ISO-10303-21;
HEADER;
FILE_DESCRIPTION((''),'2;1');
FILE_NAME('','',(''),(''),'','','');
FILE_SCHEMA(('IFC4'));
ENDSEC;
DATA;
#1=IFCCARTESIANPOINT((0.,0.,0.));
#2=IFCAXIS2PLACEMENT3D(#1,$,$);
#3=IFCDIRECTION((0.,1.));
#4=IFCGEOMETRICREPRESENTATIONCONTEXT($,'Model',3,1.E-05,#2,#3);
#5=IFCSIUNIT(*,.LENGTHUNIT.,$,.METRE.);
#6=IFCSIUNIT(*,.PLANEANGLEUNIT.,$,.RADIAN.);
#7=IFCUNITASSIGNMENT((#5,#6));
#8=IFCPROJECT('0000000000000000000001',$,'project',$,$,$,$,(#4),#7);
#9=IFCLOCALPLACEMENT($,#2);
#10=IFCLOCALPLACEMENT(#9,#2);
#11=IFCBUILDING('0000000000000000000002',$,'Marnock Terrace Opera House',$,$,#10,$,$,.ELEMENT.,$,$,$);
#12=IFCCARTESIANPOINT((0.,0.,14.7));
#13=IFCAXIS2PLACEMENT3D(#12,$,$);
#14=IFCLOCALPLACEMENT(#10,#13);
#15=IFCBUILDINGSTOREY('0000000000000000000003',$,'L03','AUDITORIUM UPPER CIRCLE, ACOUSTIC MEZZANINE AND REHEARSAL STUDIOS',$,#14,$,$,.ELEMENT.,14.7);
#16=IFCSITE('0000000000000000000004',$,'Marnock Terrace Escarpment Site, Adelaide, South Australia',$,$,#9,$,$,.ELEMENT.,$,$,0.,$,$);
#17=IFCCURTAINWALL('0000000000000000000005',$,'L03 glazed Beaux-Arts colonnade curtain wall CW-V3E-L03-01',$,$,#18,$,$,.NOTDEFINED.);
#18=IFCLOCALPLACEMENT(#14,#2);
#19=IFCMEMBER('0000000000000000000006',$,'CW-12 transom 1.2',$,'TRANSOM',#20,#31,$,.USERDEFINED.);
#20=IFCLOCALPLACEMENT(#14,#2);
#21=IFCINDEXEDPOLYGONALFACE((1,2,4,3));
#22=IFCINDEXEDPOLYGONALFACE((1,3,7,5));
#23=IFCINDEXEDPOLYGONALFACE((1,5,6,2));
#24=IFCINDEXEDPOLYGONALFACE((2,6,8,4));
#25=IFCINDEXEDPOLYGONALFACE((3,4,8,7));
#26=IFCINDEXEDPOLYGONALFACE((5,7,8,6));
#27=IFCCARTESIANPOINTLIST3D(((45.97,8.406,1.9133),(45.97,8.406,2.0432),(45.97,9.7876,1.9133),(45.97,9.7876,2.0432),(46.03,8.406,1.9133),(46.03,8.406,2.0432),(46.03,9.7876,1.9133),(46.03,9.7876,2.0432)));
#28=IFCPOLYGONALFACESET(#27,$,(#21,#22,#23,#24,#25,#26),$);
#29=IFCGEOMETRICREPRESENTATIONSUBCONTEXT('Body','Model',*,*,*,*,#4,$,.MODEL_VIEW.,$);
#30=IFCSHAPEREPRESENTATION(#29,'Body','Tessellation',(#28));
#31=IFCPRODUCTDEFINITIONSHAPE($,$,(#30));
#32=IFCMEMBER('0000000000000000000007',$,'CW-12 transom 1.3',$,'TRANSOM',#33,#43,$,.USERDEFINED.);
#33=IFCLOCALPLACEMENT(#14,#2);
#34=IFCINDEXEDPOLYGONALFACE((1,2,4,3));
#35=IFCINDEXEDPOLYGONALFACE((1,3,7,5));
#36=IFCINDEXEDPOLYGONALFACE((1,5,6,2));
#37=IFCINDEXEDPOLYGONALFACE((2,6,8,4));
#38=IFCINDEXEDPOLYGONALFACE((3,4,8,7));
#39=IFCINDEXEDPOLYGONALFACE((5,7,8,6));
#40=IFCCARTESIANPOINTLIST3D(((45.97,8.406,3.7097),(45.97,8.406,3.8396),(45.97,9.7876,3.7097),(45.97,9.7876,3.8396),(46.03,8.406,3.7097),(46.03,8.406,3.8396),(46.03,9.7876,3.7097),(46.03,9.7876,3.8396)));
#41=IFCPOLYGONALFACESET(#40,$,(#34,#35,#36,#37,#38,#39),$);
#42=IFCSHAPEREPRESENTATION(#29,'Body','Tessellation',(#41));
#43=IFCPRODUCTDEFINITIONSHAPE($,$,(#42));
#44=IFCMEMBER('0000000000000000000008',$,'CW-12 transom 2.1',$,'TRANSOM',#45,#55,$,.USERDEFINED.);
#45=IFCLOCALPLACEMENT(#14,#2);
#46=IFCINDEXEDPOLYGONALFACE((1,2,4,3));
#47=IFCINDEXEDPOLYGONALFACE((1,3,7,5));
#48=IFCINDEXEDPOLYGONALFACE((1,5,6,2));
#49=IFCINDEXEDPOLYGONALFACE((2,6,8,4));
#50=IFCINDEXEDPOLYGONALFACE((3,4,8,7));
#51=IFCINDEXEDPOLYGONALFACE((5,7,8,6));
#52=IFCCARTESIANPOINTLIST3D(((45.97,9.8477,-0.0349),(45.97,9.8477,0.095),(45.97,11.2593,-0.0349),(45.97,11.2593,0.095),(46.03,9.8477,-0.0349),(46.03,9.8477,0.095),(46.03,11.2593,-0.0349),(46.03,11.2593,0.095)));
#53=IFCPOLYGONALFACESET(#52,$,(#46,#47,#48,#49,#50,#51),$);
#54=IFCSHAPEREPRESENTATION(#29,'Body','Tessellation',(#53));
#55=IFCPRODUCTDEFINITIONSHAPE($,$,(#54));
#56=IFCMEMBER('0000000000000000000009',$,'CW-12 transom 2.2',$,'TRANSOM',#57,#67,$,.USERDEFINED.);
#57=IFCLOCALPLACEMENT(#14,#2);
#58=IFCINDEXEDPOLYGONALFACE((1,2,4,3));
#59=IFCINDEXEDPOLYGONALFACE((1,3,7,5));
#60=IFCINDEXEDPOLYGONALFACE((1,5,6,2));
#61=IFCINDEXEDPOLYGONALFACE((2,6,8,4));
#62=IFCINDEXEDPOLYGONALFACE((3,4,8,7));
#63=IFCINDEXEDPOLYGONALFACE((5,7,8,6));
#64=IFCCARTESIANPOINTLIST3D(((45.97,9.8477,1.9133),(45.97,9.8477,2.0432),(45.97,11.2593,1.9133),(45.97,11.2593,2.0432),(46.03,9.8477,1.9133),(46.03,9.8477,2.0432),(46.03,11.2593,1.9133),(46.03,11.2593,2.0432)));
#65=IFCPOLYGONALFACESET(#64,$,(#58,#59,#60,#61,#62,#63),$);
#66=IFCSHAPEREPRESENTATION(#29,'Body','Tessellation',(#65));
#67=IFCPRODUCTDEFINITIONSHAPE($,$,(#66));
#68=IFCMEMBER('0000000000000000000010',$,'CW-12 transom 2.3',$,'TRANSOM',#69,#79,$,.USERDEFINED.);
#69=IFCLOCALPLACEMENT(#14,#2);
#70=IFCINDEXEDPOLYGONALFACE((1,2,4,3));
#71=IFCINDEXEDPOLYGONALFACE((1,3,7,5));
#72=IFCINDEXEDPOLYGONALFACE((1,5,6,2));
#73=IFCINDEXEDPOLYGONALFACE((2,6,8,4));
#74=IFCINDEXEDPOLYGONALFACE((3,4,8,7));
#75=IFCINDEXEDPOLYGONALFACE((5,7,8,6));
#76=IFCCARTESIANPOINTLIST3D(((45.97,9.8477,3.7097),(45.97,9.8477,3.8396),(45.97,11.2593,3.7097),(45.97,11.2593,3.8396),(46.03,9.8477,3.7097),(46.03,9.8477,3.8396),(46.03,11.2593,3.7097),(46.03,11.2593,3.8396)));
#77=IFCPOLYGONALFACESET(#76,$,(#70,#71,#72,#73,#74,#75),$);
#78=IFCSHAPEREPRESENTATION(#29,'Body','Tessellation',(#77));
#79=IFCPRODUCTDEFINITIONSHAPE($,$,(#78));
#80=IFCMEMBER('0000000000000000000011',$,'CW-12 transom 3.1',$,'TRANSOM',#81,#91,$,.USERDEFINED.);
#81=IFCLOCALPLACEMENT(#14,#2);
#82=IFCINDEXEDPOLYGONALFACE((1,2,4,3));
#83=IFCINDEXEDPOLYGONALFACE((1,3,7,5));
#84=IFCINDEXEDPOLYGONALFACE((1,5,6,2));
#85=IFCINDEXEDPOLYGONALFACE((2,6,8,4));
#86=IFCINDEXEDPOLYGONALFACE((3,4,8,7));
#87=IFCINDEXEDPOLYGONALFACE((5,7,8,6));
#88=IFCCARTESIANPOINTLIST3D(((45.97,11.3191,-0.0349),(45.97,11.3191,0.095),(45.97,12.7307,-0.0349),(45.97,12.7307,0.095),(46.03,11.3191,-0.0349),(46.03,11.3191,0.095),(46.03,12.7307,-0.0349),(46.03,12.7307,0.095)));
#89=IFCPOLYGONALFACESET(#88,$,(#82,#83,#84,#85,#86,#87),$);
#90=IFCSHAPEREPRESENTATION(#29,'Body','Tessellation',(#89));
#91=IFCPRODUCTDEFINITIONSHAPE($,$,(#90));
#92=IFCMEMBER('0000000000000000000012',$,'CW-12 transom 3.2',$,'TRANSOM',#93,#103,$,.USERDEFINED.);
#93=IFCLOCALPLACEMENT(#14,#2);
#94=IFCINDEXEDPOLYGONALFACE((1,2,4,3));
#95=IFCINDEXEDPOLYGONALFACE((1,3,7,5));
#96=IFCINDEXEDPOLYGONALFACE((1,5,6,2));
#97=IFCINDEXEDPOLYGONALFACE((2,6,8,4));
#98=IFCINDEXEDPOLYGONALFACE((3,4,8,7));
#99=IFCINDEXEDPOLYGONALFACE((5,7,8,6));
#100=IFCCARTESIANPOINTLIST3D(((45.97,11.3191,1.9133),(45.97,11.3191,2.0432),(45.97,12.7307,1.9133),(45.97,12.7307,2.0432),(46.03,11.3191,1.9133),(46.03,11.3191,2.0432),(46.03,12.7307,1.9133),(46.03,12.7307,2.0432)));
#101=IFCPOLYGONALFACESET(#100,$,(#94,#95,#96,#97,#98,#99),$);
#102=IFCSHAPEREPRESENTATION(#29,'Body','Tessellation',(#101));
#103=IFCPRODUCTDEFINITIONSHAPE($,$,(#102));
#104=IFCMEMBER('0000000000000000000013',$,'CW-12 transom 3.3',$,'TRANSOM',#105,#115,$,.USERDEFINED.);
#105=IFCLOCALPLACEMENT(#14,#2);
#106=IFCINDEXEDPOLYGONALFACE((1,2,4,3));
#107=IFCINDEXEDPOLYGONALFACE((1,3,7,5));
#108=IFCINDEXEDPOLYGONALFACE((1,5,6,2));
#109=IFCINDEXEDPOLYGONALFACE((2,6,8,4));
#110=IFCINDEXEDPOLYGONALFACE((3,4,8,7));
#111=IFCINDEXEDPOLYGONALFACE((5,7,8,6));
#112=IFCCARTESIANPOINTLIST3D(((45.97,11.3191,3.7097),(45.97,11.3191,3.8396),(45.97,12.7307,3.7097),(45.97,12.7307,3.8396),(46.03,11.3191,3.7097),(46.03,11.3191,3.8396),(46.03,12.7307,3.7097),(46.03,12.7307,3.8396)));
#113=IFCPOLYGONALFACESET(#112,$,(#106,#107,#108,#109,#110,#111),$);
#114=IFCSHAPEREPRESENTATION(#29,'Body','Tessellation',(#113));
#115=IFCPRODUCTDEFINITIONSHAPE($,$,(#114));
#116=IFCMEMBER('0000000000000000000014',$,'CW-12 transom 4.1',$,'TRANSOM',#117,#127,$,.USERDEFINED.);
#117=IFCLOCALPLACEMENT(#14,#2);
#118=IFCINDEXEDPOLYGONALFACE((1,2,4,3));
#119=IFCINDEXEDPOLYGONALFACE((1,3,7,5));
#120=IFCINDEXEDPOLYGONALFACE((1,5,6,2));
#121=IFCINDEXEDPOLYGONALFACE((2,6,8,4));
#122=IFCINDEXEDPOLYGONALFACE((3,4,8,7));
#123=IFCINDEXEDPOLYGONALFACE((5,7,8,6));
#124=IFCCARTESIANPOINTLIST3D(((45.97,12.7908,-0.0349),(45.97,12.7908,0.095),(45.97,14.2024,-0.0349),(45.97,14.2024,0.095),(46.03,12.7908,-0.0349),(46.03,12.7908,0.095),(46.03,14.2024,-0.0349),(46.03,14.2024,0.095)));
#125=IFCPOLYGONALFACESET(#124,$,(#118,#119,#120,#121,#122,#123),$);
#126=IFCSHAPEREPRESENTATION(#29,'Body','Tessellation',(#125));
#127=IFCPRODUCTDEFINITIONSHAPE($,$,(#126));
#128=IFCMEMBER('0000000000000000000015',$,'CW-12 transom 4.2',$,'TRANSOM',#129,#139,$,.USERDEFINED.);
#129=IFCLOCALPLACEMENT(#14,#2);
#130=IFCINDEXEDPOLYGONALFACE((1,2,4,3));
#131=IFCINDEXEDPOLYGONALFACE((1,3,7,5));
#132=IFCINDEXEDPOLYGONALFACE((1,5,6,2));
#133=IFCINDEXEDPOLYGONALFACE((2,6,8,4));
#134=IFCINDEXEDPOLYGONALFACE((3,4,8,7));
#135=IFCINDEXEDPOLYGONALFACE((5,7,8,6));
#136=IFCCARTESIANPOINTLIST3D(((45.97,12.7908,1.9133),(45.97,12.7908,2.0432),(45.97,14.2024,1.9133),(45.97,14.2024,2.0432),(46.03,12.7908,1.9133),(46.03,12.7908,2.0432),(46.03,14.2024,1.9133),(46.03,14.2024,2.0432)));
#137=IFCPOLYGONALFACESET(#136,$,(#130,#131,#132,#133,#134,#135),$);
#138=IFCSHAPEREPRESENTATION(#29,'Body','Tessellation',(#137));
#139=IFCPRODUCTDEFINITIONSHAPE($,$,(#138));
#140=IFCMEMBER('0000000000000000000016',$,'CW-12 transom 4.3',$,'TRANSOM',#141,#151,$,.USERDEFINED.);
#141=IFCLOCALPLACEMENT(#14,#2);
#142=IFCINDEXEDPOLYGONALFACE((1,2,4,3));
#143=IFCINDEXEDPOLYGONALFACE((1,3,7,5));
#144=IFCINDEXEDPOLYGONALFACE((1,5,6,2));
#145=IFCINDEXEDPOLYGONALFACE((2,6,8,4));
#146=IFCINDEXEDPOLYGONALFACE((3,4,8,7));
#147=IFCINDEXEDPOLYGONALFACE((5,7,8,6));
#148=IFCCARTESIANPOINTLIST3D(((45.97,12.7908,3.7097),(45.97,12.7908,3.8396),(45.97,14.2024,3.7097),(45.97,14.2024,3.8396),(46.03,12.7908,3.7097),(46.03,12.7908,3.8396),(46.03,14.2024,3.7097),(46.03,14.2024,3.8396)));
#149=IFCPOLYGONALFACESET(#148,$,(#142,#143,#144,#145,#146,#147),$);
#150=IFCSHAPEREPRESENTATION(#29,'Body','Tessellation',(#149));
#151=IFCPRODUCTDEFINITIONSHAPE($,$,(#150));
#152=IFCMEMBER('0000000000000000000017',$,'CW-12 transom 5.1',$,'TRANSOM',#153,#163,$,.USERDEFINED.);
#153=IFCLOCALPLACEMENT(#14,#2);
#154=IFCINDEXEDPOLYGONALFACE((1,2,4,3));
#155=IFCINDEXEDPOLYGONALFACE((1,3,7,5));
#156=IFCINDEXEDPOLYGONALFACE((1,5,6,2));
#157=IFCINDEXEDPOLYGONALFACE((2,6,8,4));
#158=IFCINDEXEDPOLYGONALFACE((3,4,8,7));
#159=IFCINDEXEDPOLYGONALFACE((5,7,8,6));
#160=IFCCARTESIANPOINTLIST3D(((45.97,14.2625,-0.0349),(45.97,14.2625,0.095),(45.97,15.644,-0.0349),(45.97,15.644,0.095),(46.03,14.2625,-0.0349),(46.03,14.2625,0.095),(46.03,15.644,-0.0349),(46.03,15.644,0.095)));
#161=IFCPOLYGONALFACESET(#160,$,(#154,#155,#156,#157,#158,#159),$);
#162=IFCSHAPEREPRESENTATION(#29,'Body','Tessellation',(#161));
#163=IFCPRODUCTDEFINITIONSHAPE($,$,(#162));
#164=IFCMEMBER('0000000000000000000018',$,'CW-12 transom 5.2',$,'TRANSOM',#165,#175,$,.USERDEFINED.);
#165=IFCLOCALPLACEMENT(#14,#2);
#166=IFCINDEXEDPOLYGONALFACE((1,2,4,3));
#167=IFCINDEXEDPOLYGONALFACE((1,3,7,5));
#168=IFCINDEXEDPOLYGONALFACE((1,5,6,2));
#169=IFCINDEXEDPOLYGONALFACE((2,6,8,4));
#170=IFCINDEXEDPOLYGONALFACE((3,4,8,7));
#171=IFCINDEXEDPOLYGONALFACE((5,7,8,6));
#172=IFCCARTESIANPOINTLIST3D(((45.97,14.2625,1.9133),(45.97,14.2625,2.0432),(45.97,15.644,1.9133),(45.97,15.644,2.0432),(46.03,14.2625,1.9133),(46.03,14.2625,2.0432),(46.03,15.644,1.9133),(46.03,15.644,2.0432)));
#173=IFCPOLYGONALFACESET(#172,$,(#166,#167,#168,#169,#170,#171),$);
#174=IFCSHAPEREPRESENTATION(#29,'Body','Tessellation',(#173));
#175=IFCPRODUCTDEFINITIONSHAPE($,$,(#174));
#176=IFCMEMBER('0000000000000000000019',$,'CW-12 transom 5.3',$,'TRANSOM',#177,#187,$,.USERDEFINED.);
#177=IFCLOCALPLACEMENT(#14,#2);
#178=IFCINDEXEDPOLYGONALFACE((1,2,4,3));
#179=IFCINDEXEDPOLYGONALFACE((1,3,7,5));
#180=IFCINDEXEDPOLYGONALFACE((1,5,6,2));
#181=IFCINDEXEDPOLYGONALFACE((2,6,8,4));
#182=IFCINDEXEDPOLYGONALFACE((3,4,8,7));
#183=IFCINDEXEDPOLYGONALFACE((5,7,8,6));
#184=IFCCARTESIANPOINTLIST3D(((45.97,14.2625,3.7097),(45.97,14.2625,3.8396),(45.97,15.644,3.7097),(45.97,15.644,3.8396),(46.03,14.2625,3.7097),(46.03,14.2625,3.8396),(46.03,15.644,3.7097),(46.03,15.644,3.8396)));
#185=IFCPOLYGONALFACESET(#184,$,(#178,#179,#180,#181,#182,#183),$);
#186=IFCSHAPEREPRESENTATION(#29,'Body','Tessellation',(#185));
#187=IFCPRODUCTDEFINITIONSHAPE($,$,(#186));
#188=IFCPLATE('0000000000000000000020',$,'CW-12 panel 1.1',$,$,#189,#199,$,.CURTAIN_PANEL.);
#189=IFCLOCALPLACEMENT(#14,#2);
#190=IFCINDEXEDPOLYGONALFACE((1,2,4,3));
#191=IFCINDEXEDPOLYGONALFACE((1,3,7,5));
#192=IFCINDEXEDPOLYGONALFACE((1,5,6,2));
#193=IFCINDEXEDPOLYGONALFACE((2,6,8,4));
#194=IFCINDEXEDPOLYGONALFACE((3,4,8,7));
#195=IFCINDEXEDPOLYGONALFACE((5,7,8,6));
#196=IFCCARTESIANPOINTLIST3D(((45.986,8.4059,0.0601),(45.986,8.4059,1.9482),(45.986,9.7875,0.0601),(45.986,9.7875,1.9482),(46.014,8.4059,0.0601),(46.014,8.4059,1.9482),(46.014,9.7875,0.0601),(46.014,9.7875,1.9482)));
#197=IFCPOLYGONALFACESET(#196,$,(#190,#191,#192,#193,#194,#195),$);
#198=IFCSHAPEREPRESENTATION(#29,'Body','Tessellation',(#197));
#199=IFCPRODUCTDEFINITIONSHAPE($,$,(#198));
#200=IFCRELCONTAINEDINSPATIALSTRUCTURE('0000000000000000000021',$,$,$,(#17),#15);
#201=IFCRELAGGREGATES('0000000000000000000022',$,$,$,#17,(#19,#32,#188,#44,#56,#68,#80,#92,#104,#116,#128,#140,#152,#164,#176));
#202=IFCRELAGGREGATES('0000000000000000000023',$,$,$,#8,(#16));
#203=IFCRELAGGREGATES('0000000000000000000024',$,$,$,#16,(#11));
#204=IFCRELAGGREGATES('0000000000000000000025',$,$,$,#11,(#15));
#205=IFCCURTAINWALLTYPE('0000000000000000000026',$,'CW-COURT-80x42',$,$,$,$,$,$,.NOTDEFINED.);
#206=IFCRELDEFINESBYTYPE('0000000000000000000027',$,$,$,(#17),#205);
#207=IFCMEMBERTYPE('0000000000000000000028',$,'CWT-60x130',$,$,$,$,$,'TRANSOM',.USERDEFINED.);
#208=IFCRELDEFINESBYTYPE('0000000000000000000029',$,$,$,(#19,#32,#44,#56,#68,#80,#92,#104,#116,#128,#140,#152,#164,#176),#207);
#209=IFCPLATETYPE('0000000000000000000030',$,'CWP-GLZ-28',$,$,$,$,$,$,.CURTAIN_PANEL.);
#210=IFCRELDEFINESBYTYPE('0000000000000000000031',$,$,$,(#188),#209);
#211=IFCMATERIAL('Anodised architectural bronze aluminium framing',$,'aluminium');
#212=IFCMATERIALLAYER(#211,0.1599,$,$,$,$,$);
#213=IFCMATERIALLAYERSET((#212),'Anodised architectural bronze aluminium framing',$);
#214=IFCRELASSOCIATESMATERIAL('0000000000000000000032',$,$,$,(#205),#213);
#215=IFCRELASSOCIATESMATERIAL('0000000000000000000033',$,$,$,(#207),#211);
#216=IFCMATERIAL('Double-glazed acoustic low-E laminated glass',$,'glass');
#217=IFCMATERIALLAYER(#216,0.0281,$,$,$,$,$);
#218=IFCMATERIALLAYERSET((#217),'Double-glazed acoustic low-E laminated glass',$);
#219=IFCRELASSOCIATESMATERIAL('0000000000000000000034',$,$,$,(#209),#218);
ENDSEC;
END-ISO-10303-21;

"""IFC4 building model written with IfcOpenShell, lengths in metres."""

from ifc_helpers import new_model, si_unit, direction, frame, origin, origin_2d, place, context, subcontext, project, spatial, rectangle, extrude, material, layer, layer_set, material_profile, profile_set, type_object, element, aggregate, save


model = new_model("IFC4")

# Units and contexts
model_context = context("Model", 3, precision=1e-05, world=origin(), true_north=direction((0.0, 1.0)))
body_context = subcontext(model_context, "Body", "Model", "MODEL_VIEW")
ifc_project = project(units=[si_unit("LENGTHUNIT", "METRE"), si_unit("PLANEANGLEUNIT", "RADIAN")], contexts=[model_context])

# Site, building, storey
site_placement = place(None, origin())
site = spatial("IfcSite", under=ifc_project, at=site_placement, Name="Marnock Terrace Escarpment Site, Adelaide, South Australia", CompositionType="ELEMENT", RefElevation=0.0)
building_placement = place(site_placement, origin())
building = spatial("IfcBuilding", under=site, at=building_placement, Name="Marnock Terrace Opera House", CompositionType="ELEMENT")
storey_placement = place(building_placement, frame((0.0, 0.0, 14.7)))
storey = spatial("IfcBuildingStorey", under=building, at=storey_placement, Name="L03", Description="AUDITORIUM UPPER CIRCLE, ACOUSTIC MEZZANINE AND REHEARSAL STUDIOS", CompositionType="ELEMENT", Elevation=14.7)

# Curtain wall, members, plate
ifc_material_1 = material(Name="Anodised architectural bronze aluminium framing", Category="aluminium")
ifc_layer_1 = layer(ifc_material_1, 0.1599)
ifc_layer_set_1 = layer_set([ifc_layer_1], Name="Anodised architectural bronze aluminium framing")
curtain_wall_type = type_object("IfcCurtainWallType", Name="CW-COURT-80x42", PredefinedType="NOTDEFINED", material=ifc_layer_set_1)
curtain_wall_placement = place(storey_placement, origin())
curtain_wall = element("IfcCurtainWall", 1, at=curtain_wall_placement, inside=storey, type_object=curtain_wall_type, Name="L03 glazed Beaux-Arts colonnade curtain wall CW-V3E-L03-01", PredefinedType="NOTDEFINED")
ifc_material_profile_1 = material_profile(ifc_material_1, rectangle(XDim=0.0601, YDim=0.1299, at=origin_2d()))
ifc_profile_set_1 = profile_set([ifc_material_profile_1], Name="Anodised architectural bronze aluminium framing")
member_type_1 = type_object("IfcMemberType", Name="CWT-60x130", ElementType="TRANSOM", PredefinedType="USERDEFINED", material=ifc_profile_set_1)
member_1_placement = place(storey_placement, frame((46.0, 8.406, 1.9783), z_axis=(0.0, 1.0, 0.0), x_axis=(-1.0, 0.0, 0.0)))
member_1 = element("IfcMember", 2, at=member_1_placement, type_object=member_type_1, Name="CW-12 transom 1.2", ObjectType="TRANSOM", PredefinedType="USERDEFINED", context=body_context, shape_type="SweptSolid", body=[
    extrude(rectangle(XDim=0.0601, YDim=0.1299, at=origin_2d()), origin(), (0.0, 0.0, 1.0), 1.3816),
])
member_2_placement = place(storey_placement, frame((46.0, 8.406, 3.7747), z_axis=(0.0, 1.0, 0.0), x_axis=(-1.0, 0.0, 0.0)))
member_2 = element("IfcMember", 3, at=member_2_placement, type_object=member_type_1, Name="CW-12 transom 1.3", ObjectType="TRANSOM", PredefinedType="USERDEFINED", context=body_context, shape_type="SweptSolid", body=[
    extrude(rectangle(XDim=0.0601, YDim=0.1299, at=origin_2d()), origin(), (0.0, 0.0, 1.0), 1.3816),
])
member_3_placement = place(storey_placement, frame((46.0, 9.8477, 0.03), z_axis=(0.0, 1.0, 0.0), x_axis=(-1.0, 0.0, 0.0)))
member_3 = element("IfcMember", 4, at=member_3_placement, type_object=member_type_1, Name="CW-12 transom 2.1", ObjectType="TRANSOM", PredefinedType="USERDEFINED", context=body_context, shape_type="SweptSolid", body=[
    extrude(rectangle(XDim=0.0601, YDim=0.1299, at=origin_2d()), origin(), (0.0, 0.0, 1.0), 1.4116),
])
member_4_placement = place(storey_placement, frame((46.0, 9.8477, 1.9783), z_axis=(0.0, 1.0, 0.0), x_axis=(-1.0, 0.0, 0.0)))
member_4 = element("IfcMember", 5, at=member_4_placement, type_object=member_type_1, Name="CW-12 transom 2.2", ObjectType="TRANSOM", PredefinedType="USERDEFINED", context=body_context, shape_type="SweptSolid", body=[
    extrude(rectangle(XDim=0.0601, YDim=0.1299, at=origin_2d()), origin(), (0.0, 0.0, 1.0), 1.4116),
])
member_5_placement = place(storey_placement, frame((46.0, 9.8477, 3.7747), z_axis=(0.0, 1.0, 0.0), x_axis=(-1.0, 0.0, 0.0)))
member_5 = element("IfcMember", 6, at=member_5_placement, type_object=member_type_1, Name="CW-12 transom 2.3", ObjectType="TRANSOM", PredefinedType="USERDEFINED", context=body_context, shape_type="SweptSolid", body=[
    extrude(rectangle(XDim=0.0601, YDim=0.1299, at=origin_2d()), origin(), (0.0, 0.0, 1.0), 1.4116),
])
member_6_placement = place(storey_placement, frame((46.0, 11.3191, 0.03), z_axis=(0.0, 1.0, 0.0), x_axis=(-1.0, 0.0, 0.0)))
member_6 = element("IfcMember", 7, at=member_6_placement, type_object=member_type_1, Name="CW-12 transom 3.1", ObjectType="TRANSOM", PredefinedType="USERDEFINED", context=body_context, shape_type="SweptSolid", body=[
    extrude(rectangle(XDim=0.0601, YDim=0.1299, at=origin_2d()), origin(), (0.0, 0.0, 1.0), 1.4116),
])
member_7_placement = place(storey_placement, frame((46.0, 11.3191, 1.9783), z_axis=(0.0, 1.0, 0.0), x_axis=(-1.0, 0.0, 0.0)))
member_7 = element("IfcMember", 8, at=member_7_placement, type_object=member_type_1, Name="CW-12 transom 3.2", ObjectType="TRANSOM", PredefinedType="USERDEFINED", context=body_context, shape_type="SweptSolid", body=[
    extrude(rectangle(XDim=0.0601, YDim=0.1299, at=origin_2d()), origin(), (0.0, 0.0, 1.0), 1.4116),
])
member_8_placement = place(storey_placement, frame((46.0, 11.3191, 3.7747), z_axis=(0.0, 1.0, 0.0), x_axis=(-1.0, 0.0, 0.0)))
member_8 = element("IfcMember", 9, at=member_8_placement, type_object=member_type_1, Name="CW-12 transom 3.3", ObjectType="TRANSOM", PredefinedType="USERDEFINED", context=body_context, shape_type="SweptSolid", body=[
    extrude(rectangle(XDim=0.0601, YDim=0.1299, at=origin_2d()), origin(), (0.0, 0.0, 1.0), 1.4116),
])
member_9_placement = place(storey_placement, frame((46.0, 12.7908, 0.03), z_axis=(0.0, 1.0, 0.0), x_axis=(-1.0, 0.0, 0.0)))
member_9 = element("IfcMember", 10, at=member_9_placement, type_object=member_type_1, Name="CW-12 transom 4.1", ObjectType="TRANSOM", PredefinedType="USERDEFINED", context=body_context, shape_type="SweptSolid", body=[
    extrude(rectangle(XDim=0.0601, YDim=0.1299, at=origin_2d()), origin(), (0.0, 0.0, 1.0), 1.4116),
])
member_10_placement = place(storey_placement, frame((46.0, 12.7908, 1.9783), z_axis=(0.0, 1.0, 0.0), x_axis=(-1.0, 0.0, 0.0)))
member_10 = element("IfcMember", 11, at=member_10_placement, type_object=member_type_1, Name="CW-12 transom 4.2", ObjectType="TRANSOM", PredefinedType="USERDEFINED", context=body_context, shape_type="SweptSolid", body=[
    extrude(rectangle(XDim=0.0601, YDim=0.1299, at=origin_2d()), origin(), (0.0, 0.0, 1.0), 1.4116),
])
member_11_placement = place(storey_placement, frame((46.0, 12.7908, 3.7747), z_axis=(0.0, 1.0, 0.0), x_axis=(-1.0, 0.0, 0.0)))
member_11 = element("IfcMember", 12, at=member_11_placement, type_object=member_type_1, Name="CW-12 transom 4.3", ObjectType="TRANSOM", PredefinedType="USERDEFINED", context=body_context, shape_type="SweptSolid", body=[
    extrude(rectangle(XDim=0.0601, YDim=0.1299, at=origin_2d()), origin(), (0.0, 0.0, 1.0), 1.4116),
])
member_12_placement = place(storey_placement, frame((46.0, 14.2625, 0.03), z_axis=(0.0, 1.0, 0.0), x_axis=(-1.0, 0.0, 0.0)))
member_12 = element("IfcMember", 13, at=member_12_placement, type_object=member_type_1, Name="CW-12 transom 5.1", ObjectType="TRANSOM", PredefinedType="USERDEFINED", context=body_context, shape_type="SweptSolid", body=[
    extrude(rectangle(XDim=0.0601, YDim=0.1299, at=origin_2d()), origin(), (0.0, 0.0, 1.0), 1.3816),
])
member_13_placement = place(storey_placement, frame((46.0, 14.2625, 1.9783), z_axis=(0.0, 1.0, 0.0), x_axis=(-1.0, 0.0, 0.0)))
member_13 = element("IfcMember", 14, at=member_13_placement, type_object=member_type_1, Name="CW-12 transom 5.2", ObjectType="TRANSOM", PredefinedType="USERDEFINED", context=body_context, shape_type="SweptSolid", body=[
    extrude(rectangle(XDim=0.0601, YDim=0.1299, at=origin_2d()), origin(), (0.0, 0.0, 1.0), 1.3816),
])
member_14_placement = place(storey_placement, frame((46.0, 14.2625, 3.7747), z_axis=(0.0, 1.0, 0.0), x_axis=(-1.0, 0.0, 0.0)))
member_14 = element("IfcMember", 15, at=member_14_placement, type_object=member_type_1, Name="CW-12 transom 5.3", ObjectType="TRANSOM", PredefinedType="USERDEFINED", context=body_context, shape_type="SweptSolid", body=[
    extrude(rectangle(XDim=0.0601, YDim=0.1299, at=origin_2d()), origin(), (0.0, 0.0, 1.0), 1.3816),
])
ifc_material_2 = material(Name="Double-glazed acoustic low-E laminated glass", Category="glass")
ifc_layer_2 = layer(ifc_material_2, 0.0281)
ifc_layer_set_2 = layer_set([ifc_layer_2], Name="Double-glazed acoustic low-E laminated glass")
plate_type = type_object("IfcPlateType", Name="CWP-GLZ-28", PredefinedType="CURTAIN_PANEL", material=ifc_layer_set_2)
plate_1_placement = place(storey_placement, frame((46.0, 9.0967, 0.0601), z_axis=(0.0, 0.0, 1.0), x_axis=(0.0, 1.0, 0.0)))
plate_1 = element("IfcPlate", 16, at=plate_1_placement, type_object=plate_type, Name="CW-12 panel 1.1", PredefinedType="CURTAIN_PANEL", context=body_context, shape_type="SweptSolid", body=[
    extrude(rectangle(XDim=1.3816, YDim=0.0281, at=origin_2d()), origin(), (0.0, 0.0, 1.0), 1.8882),
])
aggregate(curtain_wall, [member_1, member_2, plate_1, member_3, member_4, member_5, member_6, member_7, member_8, member_9, member_10, member_11, member_12, member_13, member_14])

save(model, "model.ifc")
